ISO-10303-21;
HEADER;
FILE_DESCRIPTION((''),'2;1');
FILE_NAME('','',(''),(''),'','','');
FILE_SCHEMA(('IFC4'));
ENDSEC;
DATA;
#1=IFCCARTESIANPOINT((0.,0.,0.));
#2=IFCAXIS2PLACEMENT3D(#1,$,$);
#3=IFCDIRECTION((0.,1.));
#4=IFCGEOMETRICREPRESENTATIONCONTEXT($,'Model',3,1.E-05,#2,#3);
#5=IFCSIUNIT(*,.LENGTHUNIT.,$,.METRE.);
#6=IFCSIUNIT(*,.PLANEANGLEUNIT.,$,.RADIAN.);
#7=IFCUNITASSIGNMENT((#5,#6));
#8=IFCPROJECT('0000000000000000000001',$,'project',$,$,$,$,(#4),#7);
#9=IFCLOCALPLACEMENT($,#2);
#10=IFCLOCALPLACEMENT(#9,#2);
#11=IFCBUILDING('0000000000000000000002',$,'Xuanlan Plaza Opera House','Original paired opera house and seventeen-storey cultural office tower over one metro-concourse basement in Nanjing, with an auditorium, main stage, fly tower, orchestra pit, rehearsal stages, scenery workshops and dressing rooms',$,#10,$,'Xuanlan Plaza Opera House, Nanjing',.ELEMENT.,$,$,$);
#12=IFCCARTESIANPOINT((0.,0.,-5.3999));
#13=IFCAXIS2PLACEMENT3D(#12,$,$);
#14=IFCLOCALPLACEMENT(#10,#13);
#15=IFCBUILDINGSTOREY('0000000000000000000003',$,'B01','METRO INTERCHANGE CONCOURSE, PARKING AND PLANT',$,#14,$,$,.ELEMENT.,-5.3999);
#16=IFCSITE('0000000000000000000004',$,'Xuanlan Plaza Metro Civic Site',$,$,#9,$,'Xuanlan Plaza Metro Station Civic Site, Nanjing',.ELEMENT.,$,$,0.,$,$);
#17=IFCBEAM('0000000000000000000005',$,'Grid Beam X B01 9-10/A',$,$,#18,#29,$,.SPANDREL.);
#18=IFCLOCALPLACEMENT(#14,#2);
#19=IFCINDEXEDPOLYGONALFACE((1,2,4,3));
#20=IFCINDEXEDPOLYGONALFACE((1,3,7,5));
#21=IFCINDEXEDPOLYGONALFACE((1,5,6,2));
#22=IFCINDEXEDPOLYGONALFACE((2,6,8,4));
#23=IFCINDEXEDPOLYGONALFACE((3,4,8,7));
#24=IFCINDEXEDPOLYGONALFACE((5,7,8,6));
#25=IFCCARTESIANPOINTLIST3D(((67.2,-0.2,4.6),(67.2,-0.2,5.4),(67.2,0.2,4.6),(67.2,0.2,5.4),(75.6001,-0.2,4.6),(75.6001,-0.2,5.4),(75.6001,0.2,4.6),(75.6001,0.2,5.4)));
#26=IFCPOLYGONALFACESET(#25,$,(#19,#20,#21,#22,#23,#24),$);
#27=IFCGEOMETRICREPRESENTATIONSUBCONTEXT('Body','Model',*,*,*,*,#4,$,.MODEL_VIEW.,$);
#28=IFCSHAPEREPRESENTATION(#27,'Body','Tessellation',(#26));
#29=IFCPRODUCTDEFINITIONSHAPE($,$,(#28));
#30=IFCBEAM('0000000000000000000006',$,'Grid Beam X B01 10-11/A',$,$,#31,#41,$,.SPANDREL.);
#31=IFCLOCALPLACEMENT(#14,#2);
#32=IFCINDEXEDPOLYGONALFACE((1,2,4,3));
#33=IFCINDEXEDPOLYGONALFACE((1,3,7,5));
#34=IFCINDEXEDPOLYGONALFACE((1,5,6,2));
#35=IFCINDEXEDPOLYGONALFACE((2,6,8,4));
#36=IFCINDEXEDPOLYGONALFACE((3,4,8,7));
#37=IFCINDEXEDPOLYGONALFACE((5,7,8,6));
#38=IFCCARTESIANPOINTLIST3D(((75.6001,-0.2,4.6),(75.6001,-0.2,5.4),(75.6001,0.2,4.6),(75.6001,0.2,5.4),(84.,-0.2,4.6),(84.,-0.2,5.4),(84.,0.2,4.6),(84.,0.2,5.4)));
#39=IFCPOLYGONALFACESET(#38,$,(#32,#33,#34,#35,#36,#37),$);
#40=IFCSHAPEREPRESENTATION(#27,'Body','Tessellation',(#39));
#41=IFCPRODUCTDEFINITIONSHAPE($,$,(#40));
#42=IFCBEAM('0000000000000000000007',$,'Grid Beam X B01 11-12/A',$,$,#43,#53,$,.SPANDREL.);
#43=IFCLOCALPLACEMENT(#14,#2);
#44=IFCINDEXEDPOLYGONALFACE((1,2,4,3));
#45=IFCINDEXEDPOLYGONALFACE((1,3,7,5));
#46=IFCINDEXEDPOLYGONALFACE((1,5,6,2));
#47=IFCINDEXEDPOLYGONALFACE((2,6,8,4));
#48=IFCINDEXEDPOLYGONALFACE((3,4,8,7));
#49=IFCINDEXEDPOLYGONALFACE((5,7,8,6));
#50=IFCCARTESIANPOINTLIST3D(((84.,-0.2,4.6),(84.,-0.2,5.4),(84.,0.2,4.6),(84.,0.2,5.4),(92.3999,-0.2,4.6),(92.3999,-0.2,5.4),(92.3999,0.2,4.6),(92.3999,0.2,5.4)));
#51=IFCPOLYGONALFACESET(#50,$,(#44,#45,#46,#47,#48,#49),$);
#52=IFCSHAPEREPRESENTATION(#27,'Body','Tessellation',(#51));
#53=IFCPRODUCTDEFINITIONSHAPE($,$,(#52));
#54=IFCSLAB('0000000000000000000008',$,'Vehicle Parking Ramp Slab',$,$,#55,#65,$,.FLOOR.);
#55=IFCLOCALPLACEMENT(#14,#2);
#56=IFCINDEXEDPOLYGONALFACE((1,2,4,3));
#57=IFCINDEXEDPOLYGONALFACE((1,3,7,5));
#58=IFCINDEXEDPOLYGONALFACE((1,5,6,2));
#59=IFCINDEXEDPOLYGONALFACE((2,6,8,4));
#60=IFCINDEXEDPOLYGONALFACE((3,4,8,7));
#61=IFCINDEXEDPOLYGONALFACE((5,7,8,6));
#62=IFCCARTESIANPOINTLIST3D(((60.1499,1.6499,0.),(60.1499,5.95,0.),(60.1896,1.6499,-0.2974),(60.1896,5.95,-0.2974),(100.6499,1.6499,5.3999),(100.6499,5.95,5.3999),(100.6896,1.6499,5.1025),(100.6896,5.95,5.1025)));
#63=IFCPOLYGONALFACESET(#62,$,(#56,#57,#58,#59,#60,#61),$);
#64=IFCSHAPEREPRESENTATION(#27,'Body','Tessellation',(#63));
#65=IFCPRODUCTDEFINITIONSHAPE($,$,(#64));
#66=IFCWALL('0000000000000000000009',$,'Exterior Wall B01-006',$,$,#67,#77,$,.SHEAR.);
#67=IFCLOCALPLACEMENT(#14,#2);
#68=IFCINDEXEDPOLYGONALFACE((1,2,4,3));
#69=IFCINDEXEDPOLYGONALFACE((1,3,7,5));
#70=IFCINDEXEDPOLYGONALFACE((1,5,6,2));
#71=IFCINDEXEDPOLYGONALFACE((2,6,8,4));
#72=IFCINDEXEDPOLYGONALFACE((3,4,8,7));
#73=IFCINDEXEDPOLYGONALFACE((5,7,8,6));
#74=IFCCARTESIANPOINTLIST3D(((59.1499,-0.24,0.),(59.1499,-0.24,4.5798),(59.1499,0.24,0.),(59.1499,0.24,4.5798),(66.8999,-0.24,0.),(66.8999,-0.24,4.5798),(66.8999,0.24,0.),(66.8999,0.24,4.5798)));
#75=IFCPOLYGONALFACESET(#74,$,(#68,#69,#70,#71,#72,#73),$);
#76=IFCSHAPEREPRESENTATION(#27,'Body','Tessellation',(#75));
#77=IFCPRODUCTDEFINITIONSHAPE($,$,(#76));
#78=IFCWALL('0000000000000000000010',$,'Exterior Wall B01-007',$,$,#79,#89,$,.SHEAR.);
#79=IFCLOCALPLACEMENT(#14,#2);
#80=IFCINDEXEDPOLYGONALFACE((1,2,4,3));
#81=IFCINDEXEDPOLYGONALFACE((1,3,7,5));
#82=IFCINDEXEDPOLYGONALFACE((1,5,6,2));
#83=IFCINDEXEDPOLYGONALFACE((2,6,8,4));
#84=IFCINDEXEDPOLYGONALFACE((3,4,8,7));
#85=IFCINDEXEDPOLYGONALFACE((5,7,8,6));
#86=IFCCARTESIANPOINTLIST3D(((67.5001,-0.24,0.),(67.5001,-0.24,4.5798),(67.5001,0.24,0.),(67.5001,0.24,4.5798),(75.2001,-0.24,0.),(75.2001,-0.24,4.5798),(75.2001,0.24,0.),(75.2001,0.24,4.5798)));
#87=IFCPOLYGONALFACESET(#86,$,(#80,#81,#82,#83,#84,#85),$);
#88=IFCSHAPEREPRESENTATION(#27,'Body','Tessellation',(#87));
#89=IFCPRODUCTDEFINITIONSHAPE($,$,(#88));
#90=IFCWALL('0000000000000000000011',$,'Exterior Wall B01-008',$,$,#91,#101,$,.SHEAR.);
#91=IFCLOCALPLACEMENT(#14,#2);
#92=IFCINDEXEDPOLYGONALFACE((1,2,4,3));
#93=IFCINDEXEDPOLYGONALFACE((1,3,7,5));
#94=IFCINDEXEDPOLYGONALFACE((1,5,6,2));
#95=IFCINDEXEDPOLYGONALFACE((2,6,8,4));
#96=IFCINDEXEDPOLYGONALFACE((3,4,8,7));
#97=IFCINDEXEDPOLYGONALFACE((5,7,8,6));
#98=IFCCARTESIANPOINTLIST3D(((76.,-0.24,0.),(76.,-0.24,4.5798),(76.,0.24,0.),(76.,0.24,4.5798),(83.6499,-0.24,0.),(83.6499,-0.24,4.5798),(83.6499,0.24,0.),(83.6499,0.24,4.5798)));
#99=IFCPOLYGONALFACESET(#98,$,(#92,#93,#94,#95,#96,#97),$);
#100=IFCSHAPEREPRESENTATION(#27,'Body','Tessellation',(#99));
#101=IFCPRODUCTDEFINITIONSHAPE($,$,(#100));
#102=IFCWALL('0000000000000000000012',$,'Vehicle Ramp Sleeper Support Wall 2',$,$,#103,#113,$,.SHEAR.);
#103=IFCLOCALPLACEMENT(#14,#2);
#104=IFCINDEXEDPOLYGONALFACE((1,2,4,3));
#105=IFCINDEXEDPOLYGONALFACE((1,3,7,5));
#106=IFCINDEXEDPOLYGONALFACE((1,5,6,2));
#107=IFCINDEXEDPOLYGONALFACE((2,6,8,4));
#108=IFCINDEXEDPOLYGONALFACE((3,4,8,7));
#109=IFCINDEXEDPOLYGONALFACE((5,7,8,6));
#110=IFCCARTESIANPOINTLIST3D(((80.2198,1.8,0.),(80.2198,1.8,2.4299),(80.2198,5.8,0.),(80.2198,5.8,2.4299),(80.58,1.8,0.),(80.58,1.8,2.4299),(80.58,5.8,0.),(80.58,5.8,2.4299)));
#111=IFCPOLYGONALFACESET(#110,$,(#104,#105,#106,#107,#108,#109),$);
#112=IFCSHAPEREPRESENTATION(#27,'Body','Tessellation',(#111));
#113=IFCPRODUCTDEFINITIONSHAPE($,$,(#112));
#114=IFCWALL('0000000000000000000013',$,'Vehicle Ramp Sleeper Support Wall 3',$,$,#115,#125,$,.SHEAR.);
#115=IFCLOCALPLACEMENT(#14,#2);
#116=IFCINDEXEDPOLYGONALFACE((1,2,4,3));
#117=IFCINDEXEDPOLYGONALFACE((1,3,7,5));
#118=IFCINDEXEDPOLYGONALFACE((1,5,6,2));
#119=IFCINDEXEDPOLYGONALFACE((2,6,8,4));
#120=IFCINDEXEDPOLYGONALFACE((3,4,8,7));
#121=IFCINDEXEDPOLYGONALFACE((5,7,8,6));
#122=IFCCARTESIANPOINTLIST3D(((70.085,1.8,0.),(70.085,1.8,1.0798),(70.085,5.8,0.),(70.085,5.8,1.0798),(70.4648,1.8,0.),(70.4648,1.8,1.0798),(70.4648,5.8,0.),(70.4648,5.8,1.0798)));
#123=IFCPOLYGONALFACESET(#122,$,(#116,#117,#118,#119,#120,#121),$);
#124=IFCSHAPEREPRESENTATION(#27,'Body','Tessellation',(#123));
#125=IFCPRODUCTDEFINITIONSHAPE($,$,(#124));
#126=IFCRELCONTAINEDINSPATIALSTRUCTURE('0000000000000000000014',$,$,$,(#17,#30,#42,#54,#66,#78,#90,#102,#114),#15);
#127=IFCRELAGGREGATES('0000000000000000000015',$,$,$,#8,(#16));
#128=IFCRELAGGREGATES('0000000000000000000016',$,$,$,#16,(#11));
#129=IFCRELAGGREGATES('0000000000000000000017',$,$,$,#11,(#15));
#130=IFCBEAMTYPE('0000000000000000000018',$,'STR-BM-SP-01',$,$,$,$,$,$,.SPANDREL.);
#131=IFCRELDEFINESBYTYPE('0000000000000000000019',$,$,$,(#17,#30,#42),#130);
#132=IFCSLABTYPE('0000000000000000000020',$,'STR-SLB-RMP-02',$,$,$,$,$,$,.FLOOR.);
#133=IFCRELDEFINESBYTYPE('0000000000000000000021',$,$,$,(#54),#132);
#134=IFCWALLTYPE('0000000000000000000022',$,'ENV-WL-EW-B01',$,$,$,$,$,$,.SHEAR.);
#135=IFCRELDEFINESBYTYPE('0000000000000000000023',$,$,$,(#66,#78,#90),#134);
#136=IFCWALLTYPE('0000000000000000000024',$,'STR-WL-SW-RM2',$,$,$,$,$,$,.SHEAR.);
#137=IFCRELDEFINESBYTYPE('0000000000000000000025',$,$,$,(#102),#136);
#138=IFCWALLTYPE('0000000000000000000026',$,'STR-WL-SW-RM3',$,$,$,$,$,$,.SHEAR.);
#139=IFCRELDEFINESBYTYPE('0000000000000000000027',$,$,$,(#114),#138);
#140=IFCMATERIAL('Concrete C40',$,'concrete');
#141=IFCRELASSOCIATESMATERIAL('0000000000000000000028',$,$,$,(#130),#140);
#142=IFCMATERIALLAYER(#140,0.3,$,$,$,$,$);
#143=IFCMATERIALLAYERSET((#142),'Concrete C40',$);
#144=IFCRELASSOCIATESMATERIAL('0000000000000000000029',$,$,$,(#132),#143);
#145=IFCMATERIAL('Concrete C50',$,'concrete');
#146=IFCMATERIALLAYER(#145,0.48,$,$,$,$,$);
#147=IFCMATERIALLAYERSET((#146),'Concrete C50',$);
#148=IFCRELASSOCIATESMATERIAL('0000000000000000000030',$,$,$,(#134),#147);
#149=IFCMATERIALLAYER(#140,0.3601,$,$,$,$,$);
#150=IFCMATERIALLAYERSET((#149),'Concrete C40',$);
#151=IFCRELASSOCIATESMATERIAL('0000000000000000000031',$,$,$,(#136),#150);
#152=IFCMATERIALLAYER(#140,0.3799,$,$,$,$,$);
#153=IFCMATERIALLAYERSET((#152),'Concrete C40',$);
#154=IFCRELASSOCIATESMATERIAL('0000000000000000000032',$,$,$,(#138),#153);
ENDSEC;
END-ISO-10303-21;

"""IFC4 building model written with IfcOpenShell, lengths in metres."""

from ifc_helpers import new_model, si_unit, direction, frame, frame_2d, origin, origin_2d, place, context, subcontext, project, spatial, polyline, rectangle, outline, extrude, material, layer, layer_set, material_profile, profile_set, type_object, element, save


model = new_model("IFC4")

# Units and contexts
model_context = context("Model", 3, precision=1e-05, world=origin(), true_north=direction((0.0, 1.0)))
body_context = subcontext(model_context, "Body", "Model", "MODEL_VIEW")
ifc_project = project(units=[si_unit("LENGTHUNIT", "METRE"), si_unit("PLANEANGLEUNIT", "RADIAN")], contexts=[model_context])

# Site, building, storey
site_placement = place(None, origin())
site = spatial("IfcSite", under=ifc_project, at=site_placement, Name="Xuanlan Plaza Metro Civic Site", LongName="Xuanlan Plaza Metro Station Civic Site, Nanjing", CompositionType="ELEMENT", RefElevation=0.0)
building_placement = place(site_placement, origin())
building = spatial("IfcBuilding", under=site, at=building_placement, Name="Xuanlan Plaza Opera House", Description="Original paired opera house and seventeen-storey cultural office tower over one metro-concourse basement in Nanjing, with an auditorium, main stage, fly tower, orchestra pit, rehearsal stages, scenery workshops and dressing rooms", LongName="Xuanlan Plaza Opera House, Nanjing", CompositionType="ELEMENT")
storey_placement = place(building_placement, frame((0.0, 0.0, -5.3999)))
storey = spatial("IfcBuildingStorey", under=building, at=storey_placement, Name="B01", Description="METRO INTERCHANGE CONCOURSE, PARKING AND PLANT", CompositionType="ELEMENT", Elevation=-5.3999)

# Shared definitions
ifc_material_1 = material(Name="Concrete C40", Category="concrete")

# Beams
ifc_material_2 = material(Name="Concrete C50", Category="concrete")
ifc_material_profile_1 = material_profile(ifc_material_1, rectangle(XDim=0.3999, YDim=0.8, at=origin_2d()), Name="RC-SPD 400x800")
ifc_profile_set_1 = profile_set([ifc_material_profile_1], Name="Concrete C40")
beam_type_1 = type_object("IfcBeamType", Name="STR-BM-SP-01", PredefinedType="SPANDREL", material=ifc_profile_set_1)
beam_1_placement = place(storey_placement, frame((67.2, 0.0, 5.0), z_axis=(1.0, 0.0, 0.0), x_axis=(0.0, 1.0, 0.0)))
element("IfcBeam", 1, at=beam_1_placement, inside=storey, type_object=beam_type_1, Name="Grid Beam X B01 9-10/A", PredefinedType="SPANDREL", context=body_context, shape_type="SweptSolid", body=[
    extrude(rectangle(XDim=0.3999, YDim=0.8, at=origin_2d()), origin(), (0.0, 0.0, 1.0), 8.4001),
])
for number, where, z_axis, x_axis, name in (
    (2, (75.6001, 0.0, 5.0), (1.0, 0.0, 0.0), (0.0, 1.0, 0.0), "Grid Beam X B01 10-11/A"),
    (3, (84.0, 0.0, 5.0), (1.0, 0.0, 0.0), (0.0, 1.0, 0.0), "Grid Beam X B01 11-12/A"),
):
    element("IfcBeam", number, at=place(storey_placement, frame(where, z_axis=z_axis, x_axis=x_axis)), inside=storey, type_object=beam_type_1, Name=name, PredefinedType="SPANDREL", context=body_context, shape_type="SweptSolid", body=[
        extrude(rectangle(XDim=0.3999, YDim=0.8, at=origin_2d()), origin(), (0.0, 0.0, 1.0), 8.3999),
    ])

# Slab
ifc_layer_1 = layer(ifc_material_1, 0.3)
ifc_layer_set_1 = layer_set([ifc_layer_1], Name="Concrete C40")
slab_type = type_object("IfcSlabType", Name="STR-SLB-RMP-02", PredefinedType="FLOOR", material=ifc_layer_set_1)
slab_placement = place(storey_placement, frame((60.1499, 1.6499, 0.0), z_axis=(-0.132161, 0.0, 0.991228), x_axis=(0.991228, 0.0, 0.132161)))
element("IfcSlab", 4, at=slab_placement, inside=storey, type_object=slab_type, Name="Vehicle Parking Ramp Slab", PredefinedType="FLOOR", context=body_context, shape_type="SweptSolid", body=[
    extrude(outline(polyline([(0.0, 0.0), (40.8584, 0.0), (40.8584, 4.3), (0.0, 4.3), (0.0, 0.0)])), origin(), (0.0, 0.0, -1.0), 0.3),
])

# Walls
ifc_layer_2 = layer(ifc_material_2, 0.48)
ifc_layer_set_2 = layer_set([ifc_layer_2], Name="Concrete C50")
wall_type_1 = type_object("IfcWallType", Name="ENV-WL-EW-B01", PredefinedType="SHEAR", material=ifc_layer_set_2)
wall_1_placement = place(storey_placement, frame((59.1499, 0.0, 0.0), z_axis=(0.0, 0.0, 1.0), x_axis=(1.0, 0.0, 0.0)))
element("IfcWall", 5, at=wall_1_placement, inside=storey, type_object=wall_type_1, Name="Exterior Wall B01-006", PredefinedType="SHEAR", context=body_context, shape_type="SweptSolid", body=[
    extrude(rectangle(XDim=7.75, YDim=0.48, at=frame_2d((3.875, 0.0))), origin(), (0.0, 0.0, 1.0), 4.5798),
])
wall_2_placement = place(storey_placement, frame((67.5, 0.0, 0.0), z_axis=(0.0, 0.0, 1.0), x_axis=(1.0, 0.0, 0.0)))
element("IfcWall", 6, at=wall_2_placement, inside=storey, type_object=wall_type_1, Name="Exterior Wall B01-007", PredefinedType="SHEAR", context=body_context, shape_type="SweptSolid", body=[
    extrude(rectangle(XDim=7.7, YDim=0.48, at=frame_2d((3.8501, 0.0))), origin(), (0.0, 0.0, 1.0), 4.5798),
])
wall_3_placement = place(storey_placement, frame((76.0, 0.0, 0.0), z_axis=(0.0, 0.0, 1.0), x_axis=(1.0, 0.0, 0.0)))
element("IfcWall", 7, at=wall_3_placement, inside=storey, type_object=wall_type_1, Name="Exterior Wall B01-008", PredefinedType="SHEAR", context=body_context, shape_type="SweptSolid", body=[
    extrude(rectangle(XDim=7.6499, YDim=0.48, at=frame_2d((3.825, 0.0))), origin(), (0.0, 0.0, 1.0), 4.5798),
])
ifc_layer_3 = layer(ifc_material_1, 0.3601)
ifc_layer_set_3 = layer_set([ifc_layer_3], Name="Concrete C40")
wall_type_2 = type_object("IfcWallType", Name="STR-WL-SW-RM2", PredefinedType="SHEAR", material=ifc_layer_set_3)
wall_4_placement = place(storey_placement, frame((80.3999, 1.8, 0.0), z_axis=(0.0, 0.0, 1.0), x_axis=(0.0, 1.0, 0.0)))
element("IfcWall", 8, at=wall_4_placement, inside=storey, type_object=wall_type_2, Name="Vehicle Ramp Sleeper Support Wall 2", PredefinedType="SHEAR", context=body_context, shape_type="SweptSolid", body=[
    extrude(rectangle(XDim=4.0, YDim=0.3601, at=frame_2d((2.0, 0.0))), origin(), (0.0, 0.0, 1.0), 2.4299),
])
ifc_layer_4 = layer(ifc_material_1, 0.3799)
ifc_layer_set_4 = layer_set([ifc_layer_4], Name="Concrete C40")
wall_type_3 = type_object("IfcWallType", Name="STR-WL-SW-RM3", PredefinedType="SHEAR", material=ifc_layer_set_4)
wall_5_placement = place(storey_placement, frame((70.2749, 1.8, 0.0), z_axis=(0.0, 0.0, 1.0), x_axis=(0.0, 1.0, 0.0)))
element("IfcWall", 9, at=wall_5_placement, inside=storey, type_object=wall_type_3, Name="Vehicle Ramp Sleeper Support Wall 3", PredefinedType="SHEAR", context=body_context, shape_type="SweptSolid", body=[
    extrude(rectangle(XDim=4.0, YDim=0.3799, at=frame_2d((2.0, 0.0))), origin(), (0.0, 0.0, 1.0), 1.0798),
])

save(model, "model.ifc")
